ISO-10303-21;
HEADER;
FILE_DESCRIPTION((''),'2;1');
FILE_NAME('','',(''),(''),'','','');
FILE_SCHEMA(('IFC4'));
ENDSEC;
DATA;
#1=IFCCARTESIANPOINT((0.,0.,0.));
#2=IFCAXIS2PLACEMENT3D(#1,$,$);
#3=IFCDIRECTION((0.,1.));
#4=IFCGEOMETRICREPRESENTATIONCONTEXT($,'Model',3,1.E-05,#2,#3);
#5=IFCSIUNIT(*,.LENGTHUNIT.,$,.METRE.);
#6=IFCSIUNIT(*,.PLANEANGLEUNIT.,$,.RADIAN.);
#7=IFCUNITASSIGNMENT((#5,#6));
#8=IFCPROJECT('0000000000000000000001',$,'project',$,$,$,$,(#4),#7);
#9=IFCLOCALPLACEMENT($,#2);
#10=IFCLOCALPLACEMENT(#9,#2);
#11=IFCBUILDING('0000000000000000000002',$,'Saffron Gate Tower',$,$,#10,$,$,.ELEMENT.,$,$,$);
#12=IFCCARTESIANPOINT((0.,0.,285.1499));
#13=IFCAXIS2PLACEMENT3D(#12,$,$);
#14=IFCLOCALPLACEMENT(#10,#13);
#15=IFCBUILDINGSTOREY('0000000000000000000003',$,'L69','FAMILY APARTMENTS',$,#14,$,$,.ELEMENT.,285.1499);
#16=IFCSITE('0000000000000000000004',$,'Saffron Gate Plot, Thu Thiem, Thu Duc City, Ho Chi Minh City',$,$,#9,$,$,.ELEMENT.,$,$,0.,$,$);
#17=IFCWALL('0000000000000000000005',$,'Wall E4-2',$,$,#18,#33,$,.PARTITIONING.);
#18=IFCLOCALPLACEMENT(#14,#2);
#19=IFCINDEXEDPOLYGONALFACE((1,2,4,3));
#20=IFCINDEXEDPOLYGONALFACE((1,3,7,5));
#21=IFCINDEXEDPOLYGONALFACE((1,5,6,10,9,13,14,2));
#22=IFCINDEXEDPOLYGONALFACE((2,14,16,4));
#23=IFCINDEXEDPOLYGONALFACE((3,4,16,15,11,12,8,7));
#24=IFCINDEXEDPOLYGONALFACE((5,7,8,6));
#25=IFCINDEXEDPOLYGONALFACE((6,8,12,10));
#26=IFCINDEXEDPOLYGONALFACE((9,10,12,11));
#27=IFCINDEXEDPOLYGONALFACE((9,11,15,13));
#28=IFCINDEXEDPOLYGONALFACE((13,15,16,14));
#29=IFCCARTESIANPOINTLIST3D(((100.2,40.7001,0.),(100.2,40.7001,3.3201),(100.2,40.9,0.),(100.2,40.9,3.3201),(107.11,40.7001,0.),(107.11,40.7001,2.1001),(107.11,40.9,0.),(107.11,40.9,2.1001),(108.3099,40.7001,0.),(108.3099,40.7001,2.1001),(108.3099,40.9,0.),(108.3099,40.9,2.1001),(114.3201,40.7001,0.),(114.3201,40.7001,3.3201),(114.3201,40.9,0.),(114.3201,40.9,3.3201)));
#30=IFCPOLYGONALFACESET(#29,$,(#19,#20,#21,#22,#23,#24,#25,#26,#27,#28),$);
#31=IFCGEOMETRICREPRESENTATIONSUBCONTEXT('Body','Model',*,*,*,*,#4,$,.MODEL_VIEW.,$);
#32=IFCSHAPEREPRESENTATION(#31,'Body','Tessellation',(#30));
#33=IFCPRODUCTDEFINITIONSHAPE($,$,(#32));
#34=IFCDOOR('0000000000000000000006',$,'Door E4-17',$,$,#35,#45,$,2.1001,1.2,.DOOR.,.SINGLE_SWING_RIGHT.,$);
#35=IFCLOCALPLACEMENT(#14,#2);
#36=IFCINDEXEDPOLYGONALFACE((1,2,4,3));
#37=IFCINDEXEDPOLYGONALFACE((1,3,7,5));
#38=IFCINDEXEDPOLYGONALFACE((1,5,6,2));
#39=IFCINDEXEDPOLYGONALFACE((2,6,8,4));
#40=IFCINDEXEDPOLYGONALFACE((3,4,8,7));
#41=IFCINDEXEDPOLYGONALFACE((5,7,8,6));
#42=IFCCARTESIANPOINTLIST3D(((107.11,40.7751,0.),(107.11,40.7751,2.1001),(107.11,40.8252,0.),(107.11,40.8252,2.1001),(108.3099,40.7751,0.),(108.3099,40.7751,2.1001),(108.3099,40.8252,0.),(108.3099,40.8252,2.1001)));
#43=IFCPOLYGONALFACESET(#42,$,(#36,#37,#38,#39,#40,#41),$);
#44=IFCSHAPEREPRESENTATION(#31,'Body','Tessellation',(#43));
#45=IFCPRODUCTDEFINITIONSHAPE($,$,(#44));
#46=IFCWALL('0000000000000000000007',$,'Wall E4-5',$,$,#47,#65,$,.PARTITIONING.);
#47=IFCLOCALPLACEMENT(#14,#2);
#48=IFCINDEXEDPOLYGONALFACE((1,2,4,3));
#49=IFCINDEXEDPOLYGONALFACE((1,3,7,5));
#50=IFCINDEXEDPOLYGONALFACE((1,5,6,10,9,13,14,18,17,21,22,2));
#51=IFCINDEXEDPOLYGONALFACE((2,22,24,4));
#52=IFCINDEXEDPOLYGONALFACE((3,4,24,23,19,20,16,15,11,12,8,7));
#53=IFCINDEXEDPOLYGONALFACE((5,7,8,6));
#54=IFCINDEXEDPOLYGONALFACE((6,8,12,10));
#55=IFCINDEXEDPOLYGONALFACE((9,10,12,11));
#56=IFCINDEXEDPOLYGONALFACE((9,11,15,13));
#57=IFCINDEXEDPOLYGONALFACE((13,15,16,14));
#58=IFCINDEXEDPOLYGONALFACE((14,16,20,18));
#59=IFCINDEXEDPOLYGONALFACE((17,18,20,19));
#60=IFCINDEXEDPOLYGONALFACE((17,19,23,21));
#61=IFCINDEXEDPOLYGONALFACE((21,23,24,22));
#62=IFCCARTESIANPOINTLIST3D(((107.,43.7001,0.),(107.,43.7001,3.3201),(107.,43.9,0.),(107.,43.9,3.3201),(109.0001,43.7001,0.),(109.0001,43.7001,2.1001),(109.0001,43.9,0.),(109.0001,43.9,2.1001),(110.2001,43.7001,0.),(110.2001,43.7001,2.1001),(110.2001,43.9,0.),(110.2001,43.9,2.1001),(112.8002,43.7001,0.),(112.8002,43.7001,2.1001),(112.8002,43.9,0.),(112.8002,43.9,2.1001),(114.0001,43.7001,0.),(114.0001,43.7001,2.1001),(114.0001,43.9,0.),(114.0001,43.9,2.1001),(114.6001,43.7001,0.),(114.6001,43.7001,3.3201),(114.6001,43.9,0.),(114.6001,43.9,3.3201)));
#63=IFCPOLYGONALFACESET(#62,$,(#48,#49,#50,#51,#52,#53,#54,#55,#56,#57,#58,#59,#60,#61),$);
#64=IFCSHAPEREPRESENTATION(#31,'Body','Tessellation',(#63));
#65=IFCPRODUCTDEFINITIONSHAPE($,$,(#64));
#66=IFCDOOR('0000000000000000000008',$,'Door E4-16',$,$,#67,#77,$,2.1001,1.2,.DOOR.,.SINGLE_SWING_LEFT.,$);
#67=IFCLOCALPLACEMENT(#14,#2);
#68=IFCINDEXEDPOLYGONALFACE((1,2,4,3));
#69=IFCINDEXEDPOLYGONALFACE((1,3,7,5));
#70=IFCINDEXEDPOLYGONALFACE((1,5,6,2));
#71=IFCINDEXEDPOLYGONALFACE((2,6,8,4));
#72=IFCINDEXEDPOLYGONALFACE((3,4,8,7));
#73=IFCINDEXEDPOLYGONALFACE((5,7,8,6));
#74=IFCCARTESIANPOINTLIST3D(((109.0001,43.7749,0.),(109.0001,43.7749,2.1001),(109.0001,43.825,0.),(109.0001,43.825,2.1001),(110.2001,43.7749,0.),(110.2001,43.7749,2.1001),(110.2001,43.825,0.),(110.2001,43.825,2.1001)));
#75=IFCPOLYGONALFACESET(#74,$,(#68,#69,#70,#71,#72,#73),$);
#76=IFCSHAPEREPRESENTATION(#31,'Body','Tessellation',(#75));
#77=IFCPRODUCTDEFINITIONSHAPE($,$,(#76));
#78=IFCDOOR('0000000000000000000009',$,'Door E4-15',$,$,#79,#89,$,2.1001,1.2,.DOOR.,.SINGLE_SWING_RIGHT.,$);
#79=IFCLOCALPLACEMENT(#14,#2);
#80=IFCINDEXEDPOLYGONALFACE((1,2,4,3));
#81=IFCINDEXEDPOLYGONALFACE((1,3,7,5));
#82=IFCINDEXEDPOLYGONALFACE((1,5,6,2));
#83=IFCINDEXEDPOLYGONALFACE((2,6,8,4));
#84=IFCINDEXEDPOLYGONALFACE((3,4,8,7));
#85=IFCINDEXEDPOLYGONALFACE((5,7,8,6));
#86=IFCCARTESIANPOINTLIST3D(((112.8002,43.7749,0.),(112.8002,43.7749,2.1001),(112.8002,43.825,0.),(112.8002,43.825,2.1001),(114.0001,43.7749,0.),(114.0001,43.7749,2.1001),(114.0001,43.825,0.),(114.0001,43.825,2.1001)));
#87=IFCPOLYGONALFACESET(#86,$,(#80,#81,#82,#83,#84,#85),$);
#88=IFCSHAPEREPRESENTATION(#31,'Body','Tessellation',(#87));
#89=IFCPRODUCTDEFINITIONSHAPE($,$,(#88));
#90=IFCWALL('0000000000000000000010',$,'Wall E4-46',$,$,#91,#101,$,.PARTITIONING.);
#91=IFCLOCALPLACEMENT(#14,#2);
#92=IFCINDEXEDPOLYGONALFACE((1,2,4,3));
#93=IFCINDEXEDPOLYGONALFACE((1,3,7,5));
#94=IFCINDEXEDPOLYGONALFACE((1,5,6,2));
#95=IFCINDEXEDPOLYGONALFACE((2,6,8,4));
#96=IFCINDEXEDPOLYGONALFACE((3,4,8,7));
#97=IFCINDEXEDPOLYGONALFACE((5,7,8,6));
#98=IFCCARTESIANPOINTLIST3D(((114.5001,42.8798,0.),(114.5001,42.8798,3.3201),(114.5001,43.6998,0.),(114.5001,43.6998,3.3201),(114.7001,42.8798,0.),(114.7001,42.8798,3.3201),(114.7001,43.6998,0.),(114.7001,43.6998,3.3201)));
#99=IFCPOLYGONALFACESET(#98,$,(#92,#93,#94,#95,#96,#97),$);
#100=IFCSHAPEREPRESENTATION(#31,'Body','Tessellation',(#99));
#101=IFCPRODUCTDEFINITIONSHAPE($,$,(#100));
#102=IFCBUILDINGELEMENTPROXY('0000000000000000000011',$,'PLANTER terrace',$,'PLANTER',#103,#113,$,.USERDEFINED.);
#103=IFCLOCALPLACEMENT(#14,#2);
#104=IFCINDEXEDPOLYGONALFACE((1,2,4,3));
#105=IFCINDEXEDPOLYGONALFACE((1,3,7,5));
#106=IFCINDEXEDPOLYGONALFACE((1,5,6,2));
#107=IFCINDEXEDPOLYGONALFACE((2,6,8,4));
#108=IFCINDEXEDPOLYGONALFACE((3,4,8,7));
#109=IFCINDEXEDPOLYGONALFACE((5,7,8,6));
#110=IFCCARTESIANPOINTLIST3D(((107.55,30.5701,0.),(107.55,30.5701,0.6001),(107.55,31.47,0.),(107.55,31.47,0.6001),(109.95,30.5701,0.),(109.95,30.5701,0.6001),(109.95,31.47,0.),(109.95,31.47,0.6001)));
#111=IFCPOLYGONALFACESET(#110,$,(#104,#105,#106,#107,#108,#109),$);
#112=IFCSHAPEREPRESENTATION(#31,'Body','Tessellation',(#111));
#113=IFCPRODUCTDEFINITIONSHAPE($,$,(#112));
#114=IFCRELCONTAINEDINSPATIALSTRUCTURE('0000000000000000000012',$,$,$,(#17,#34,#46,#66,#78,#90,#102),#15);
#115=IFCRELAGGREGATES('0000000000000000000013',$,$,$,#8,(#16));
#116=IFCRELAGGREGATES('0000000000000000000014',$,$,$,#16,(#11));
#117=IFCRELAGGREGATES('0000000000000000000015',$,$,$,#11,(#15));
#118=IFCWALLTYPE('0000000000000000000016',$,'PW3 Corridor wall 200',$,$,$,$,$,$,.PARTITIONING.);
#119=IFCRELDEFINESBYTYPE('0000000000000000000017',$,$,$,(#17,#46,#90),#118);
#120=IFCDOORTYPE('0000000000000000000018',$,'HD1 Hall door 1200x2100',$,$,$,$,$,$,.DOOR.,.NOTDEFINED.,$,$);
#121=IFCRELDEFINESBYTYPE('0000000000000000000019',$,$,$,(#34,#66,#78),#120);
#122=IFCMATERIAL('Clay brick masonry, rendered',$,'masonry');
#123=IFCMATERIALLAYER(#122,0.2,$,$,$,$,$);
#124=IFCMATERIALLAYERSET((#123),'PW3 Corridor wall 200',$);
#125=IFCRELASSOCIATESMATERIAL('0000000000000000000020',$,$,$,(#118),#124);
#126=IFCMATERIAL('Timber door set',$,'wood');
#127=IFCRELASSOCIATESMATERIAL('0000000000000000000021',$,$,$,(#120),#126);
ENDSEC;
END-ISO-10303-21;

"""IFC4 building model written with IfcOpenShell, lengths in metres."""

from ifc_helpers import new_model, si_unit, direction, frame, frame_2d, origin, origin_2d, place, context, subcontext, project, spatial, rectangle, extrude, material, layer, layer_set, type_object, element, fill, save


model = new_model("IFC4")

# Units and contexts
model_context = context("Model", 3, precision=1e-05, world=origin(), true_north=direction((0.0, 1.0)))
body_context = subcontext(model_context, "Body", "Model", "MODEL_VIEW")
ifc_project = project(units=[si_unit("LENGTHUNIT", "METRE"), si_unit("PLANEANGLEUNIT", "RADIAN")], contexts=[model_context])

# Site, building, storey
site_placement = place(None, origin())
site = spatial("IfcSite", under=ifc_project, at=site_placement, Name="Saffron Gate Plot, Thu Thiem, Thu Duc City, Ho Chi Minh City", CompositionType="ELEMENT", RefElevation=0.0)
building_placement = place(site_placement, origin())
building = spatial("IfcBuilding", under=site, at=building_placement, Name="Saffron Gate Tower", CompositionType="ELEMENT")
storey_placement = place(building_placement, frame((0.0, 0.0, 285.1499)))
storey = spatial("IfcBuildingStorey", under=building, at=storey_placement, Name="L69", Description="FAMILY APARTMENTS", CompositionType="ELEMENT", Elevation=285.1499)

# Wall, opening, door
ifc_material_1 = material(Name="Clay brick masonry, rendered", Category="masonry")
ifc_layer_1 = layer(ifc_material_1, 0.2)
ifc_layer_set_1 = layer_set([ifc_layer_1], Name="PW3 Corridor wall 200")
wall_type_1 = type_object("IfcWallType", Name="PW3 Corridor wall 200", PredefinedType="PARTITIONING", material=ifc_layer_set_1)
wall_1_placement = place(storey_placement, frame((114.3201, 40.8, 0.0), z_axis=(0.0, 0.0, 1.0), x_axis=(-1.0, 0.0, 0.0)))
wall_1 = element("IfcWall", 1, at=wall_1_placement, inside=storey, type_object=wall_type_1, Name="Wall E4-2", PredefinedType="PARTITIONING", context=body_context, shape_type="SweptSolid", body=[
    extrude(rectangle(XDim=14.1201, YDim=0.2, at=frame_2d((7.0601, 0.0))), origin(), (0.0, 0.0, 1.0), 3.3201),
])
opening_1_placement = place(wall_1_placement, frame((6.01, 0.0, 0.0)))
opening_1 = element("IfcOpeningElement", 2, at=opening_1_placement, cuts=wall_1, PredefinedType="OPENING", context=body_context, shape_type="SweptSolid", body=[
    extrude(rectangle(XDim=1.2, YDim=2.1001, at=frame_2d((0.6001, 1.05))), frame((0.0, 0.1099, 0.0), z_axis=(0.0, -1.0, 0.0), x_axis=(1.0, 0.0, 0.0)), (0.0, 0.0, 1.0), 0.22),
])
ifc_material_2 = material(Name="Timber door set", Category="wood")
door_type = type_object("IfcDoorType", Name="HD1 Hall door 1200x2100", OperationType="NOTDEFINED", PredefinedType="DOOR", material=ifc_material_2)
door_1_placement = place(opening_1_placement, origin())
door_1 = element("IfcDoor", 3, at=door_1_placement, inside=storey, type_object=door_type, Name="Door E4-17", OperationType="SINGLE_SWING_RIGHT", OverallHeight=2.1001, OverallWidth=1.2, PredefinedType="DOOR", context=body_context, shape_type="SweptSolid", body=[
    extrude(rectangle(XDim=1.2, YDim=2.1001, at=frame_2d((0.6001, 1.05))), frame((0.0, 0.0249, 0.0), z_axis=(0.0, -1.0, 0.0), x_axis=(1.0, 0.0, 0.0)), (0.0, 0.0, 1.0), 0.05),
])
fill(opening_1, door_1)

# Wall, openings, doors
wall_2_placement = place(storey_placement, frame((107.0, 43.8, 0.0), z_axis=(0.0, 0.0, 1.0), x_axis=(1.0, 0.0, 0.0)))
wall_2 = element("IfcWall", 4, at=wall_2_placement, inside=storey, type_object=wall_type_1, Name="Wall E4-5", PredefinedType="PARTITIONING", context=body_context, shape_type="SweptSolid", body=[
    extrude(rectangle(XDim=7.6001, YDim=0.2, at=frame_2d((3.8, 0.0))), origin(), (0.0, 0.0, 1.0), 3.3201),
])
opening_2_placement = place(wall_2_placement, frame((2.0, 0.0, 0.0)))
opening_2 = element("IfcOpeningElement", 5, at=opening_2_placement, cuts=wall_2, PredefinedType="OPENING", context=body_context, shape_type="SweptSolid", body=[
    extrude(rectangle(XDim=1.2, YDim=2.1001, at=frame_2d((0.6001, 1.05))), frame((0.0, 0.1099, 0.0), z_axis=(0.0, -1.0, 0.0), x_axis=(1.0, 0.0, 0.0)), (0.0, 0.0, 1.0), 0.22),
])
opening_3_placement = place(wall_2_placement, frame((5.8, 0.0, 0.0)))
opening_3 = element("IfcOpeningElement", 6, at=opening_3_placement, cuts=wall_2, PredefinedType="OPENING", context=body_context, shape_type="SweptSolid", body=[
    extrude(rectangle(XDim=1.2, YDim=2.1001, at=frame_2d((0.6001, 1.05))), frame((0.0, 0.1099, 0.0), z_axis=(0.0, -1.0, 0.0), x_axis=(1.0, 0.0, 0.0)), (0.0, 0.0, 1.0), 0.22),
])
door_2_placement = place(opening_2_placement, origin())
door_2 = element("IfcDoor", 7, at=door_2_placement, inside=storey, type_object=door_type, Name="Door E4-16", OperationType="SINGLE_SWING_LEFT", OverallHeight=2.1001, OverallWidth=1.2, PredefinedType="DOOR", context=body_context, shape_type="SweptSolid", body=[
    extrude(rectangle(XDim=1.2, YDim=2.1001, at=frame_2d((0.6001, 1.05))), frame((0.0, 0.0249, 0.0), z_axis=(0.0, -1.0, 0.0), x_axis=(1.0, 0.0, 0.0)), (0.0, 0.0, 1.0), 0.05),
])
fill(opening_2, door_2)
door_3_placement = place(opening_3_placement, origin())
door_3 = element("IfcDoor", 8, at=door_3_placement, inside=storey, type_object=door_type, Name="Door E4-15", OperationType="SINGLE_SWING_RIGHT", OverallHeight=2.1001, OverallWidth=1.2, PredefinedType="DOOR", context=body_context, shape_type="SweptSolid", body=[
    extrude(rectangle(XDim=1.2, YDim=2.1001, at=frame_2d((0.6001, 1.05))), frame((0.0, 0.0249, 0.0), z_axis=(0.0, -1.0, 0.0), x_axis=(1.0, 0.0, 0.0)), (0.0, 0.0, 1.0), 0.05),
])
fill(opening_3, door_3)

# Wall
wall_3_placement = place(storey_placement, frame((114.6001, 43.7, 0.0), z_axis=(0.0, 0.0, 1.0), x_axis=(0.0, -1.0, 0.0)))
element("IfcWall", 9, at=wall_3_placement, inside=storey, type_object=wall_type_1, Name="Wall E4-46", PredefinedType="PARTITIONING", context=body_context, shape_type="SweptSolid", body=[
    extrude(rectangle(XDim=0.8201, YDim=0.2, at=frame_2d((0.4102, 0.0))), origin(), (0.0, 0.0, 1.0), 3.3201),
])

# Building element proxy
proxy_placement = place(storey_placement, frame((108.75, 31.02, 0.0), z_axis=(0.0, 0.0, 1.0), x_axis=(1.0, 0.0, 0.0)))
element("IfcBuildingElementProxy", 10, at=proxy_placement, inside=storey, Name="PLANTER terrace", ObjectType="PLANTER", PredefinedType="USERDEFINED", context=body_context, shape_type="SweptSolid", body=[
    extrude(rectangle(XDim=2.3999, YDim=0.8999, at=origin_2d()), origin(), (0.0, 0.0, 1.0), 0.6001),
])

save(model, "model.ifc")
